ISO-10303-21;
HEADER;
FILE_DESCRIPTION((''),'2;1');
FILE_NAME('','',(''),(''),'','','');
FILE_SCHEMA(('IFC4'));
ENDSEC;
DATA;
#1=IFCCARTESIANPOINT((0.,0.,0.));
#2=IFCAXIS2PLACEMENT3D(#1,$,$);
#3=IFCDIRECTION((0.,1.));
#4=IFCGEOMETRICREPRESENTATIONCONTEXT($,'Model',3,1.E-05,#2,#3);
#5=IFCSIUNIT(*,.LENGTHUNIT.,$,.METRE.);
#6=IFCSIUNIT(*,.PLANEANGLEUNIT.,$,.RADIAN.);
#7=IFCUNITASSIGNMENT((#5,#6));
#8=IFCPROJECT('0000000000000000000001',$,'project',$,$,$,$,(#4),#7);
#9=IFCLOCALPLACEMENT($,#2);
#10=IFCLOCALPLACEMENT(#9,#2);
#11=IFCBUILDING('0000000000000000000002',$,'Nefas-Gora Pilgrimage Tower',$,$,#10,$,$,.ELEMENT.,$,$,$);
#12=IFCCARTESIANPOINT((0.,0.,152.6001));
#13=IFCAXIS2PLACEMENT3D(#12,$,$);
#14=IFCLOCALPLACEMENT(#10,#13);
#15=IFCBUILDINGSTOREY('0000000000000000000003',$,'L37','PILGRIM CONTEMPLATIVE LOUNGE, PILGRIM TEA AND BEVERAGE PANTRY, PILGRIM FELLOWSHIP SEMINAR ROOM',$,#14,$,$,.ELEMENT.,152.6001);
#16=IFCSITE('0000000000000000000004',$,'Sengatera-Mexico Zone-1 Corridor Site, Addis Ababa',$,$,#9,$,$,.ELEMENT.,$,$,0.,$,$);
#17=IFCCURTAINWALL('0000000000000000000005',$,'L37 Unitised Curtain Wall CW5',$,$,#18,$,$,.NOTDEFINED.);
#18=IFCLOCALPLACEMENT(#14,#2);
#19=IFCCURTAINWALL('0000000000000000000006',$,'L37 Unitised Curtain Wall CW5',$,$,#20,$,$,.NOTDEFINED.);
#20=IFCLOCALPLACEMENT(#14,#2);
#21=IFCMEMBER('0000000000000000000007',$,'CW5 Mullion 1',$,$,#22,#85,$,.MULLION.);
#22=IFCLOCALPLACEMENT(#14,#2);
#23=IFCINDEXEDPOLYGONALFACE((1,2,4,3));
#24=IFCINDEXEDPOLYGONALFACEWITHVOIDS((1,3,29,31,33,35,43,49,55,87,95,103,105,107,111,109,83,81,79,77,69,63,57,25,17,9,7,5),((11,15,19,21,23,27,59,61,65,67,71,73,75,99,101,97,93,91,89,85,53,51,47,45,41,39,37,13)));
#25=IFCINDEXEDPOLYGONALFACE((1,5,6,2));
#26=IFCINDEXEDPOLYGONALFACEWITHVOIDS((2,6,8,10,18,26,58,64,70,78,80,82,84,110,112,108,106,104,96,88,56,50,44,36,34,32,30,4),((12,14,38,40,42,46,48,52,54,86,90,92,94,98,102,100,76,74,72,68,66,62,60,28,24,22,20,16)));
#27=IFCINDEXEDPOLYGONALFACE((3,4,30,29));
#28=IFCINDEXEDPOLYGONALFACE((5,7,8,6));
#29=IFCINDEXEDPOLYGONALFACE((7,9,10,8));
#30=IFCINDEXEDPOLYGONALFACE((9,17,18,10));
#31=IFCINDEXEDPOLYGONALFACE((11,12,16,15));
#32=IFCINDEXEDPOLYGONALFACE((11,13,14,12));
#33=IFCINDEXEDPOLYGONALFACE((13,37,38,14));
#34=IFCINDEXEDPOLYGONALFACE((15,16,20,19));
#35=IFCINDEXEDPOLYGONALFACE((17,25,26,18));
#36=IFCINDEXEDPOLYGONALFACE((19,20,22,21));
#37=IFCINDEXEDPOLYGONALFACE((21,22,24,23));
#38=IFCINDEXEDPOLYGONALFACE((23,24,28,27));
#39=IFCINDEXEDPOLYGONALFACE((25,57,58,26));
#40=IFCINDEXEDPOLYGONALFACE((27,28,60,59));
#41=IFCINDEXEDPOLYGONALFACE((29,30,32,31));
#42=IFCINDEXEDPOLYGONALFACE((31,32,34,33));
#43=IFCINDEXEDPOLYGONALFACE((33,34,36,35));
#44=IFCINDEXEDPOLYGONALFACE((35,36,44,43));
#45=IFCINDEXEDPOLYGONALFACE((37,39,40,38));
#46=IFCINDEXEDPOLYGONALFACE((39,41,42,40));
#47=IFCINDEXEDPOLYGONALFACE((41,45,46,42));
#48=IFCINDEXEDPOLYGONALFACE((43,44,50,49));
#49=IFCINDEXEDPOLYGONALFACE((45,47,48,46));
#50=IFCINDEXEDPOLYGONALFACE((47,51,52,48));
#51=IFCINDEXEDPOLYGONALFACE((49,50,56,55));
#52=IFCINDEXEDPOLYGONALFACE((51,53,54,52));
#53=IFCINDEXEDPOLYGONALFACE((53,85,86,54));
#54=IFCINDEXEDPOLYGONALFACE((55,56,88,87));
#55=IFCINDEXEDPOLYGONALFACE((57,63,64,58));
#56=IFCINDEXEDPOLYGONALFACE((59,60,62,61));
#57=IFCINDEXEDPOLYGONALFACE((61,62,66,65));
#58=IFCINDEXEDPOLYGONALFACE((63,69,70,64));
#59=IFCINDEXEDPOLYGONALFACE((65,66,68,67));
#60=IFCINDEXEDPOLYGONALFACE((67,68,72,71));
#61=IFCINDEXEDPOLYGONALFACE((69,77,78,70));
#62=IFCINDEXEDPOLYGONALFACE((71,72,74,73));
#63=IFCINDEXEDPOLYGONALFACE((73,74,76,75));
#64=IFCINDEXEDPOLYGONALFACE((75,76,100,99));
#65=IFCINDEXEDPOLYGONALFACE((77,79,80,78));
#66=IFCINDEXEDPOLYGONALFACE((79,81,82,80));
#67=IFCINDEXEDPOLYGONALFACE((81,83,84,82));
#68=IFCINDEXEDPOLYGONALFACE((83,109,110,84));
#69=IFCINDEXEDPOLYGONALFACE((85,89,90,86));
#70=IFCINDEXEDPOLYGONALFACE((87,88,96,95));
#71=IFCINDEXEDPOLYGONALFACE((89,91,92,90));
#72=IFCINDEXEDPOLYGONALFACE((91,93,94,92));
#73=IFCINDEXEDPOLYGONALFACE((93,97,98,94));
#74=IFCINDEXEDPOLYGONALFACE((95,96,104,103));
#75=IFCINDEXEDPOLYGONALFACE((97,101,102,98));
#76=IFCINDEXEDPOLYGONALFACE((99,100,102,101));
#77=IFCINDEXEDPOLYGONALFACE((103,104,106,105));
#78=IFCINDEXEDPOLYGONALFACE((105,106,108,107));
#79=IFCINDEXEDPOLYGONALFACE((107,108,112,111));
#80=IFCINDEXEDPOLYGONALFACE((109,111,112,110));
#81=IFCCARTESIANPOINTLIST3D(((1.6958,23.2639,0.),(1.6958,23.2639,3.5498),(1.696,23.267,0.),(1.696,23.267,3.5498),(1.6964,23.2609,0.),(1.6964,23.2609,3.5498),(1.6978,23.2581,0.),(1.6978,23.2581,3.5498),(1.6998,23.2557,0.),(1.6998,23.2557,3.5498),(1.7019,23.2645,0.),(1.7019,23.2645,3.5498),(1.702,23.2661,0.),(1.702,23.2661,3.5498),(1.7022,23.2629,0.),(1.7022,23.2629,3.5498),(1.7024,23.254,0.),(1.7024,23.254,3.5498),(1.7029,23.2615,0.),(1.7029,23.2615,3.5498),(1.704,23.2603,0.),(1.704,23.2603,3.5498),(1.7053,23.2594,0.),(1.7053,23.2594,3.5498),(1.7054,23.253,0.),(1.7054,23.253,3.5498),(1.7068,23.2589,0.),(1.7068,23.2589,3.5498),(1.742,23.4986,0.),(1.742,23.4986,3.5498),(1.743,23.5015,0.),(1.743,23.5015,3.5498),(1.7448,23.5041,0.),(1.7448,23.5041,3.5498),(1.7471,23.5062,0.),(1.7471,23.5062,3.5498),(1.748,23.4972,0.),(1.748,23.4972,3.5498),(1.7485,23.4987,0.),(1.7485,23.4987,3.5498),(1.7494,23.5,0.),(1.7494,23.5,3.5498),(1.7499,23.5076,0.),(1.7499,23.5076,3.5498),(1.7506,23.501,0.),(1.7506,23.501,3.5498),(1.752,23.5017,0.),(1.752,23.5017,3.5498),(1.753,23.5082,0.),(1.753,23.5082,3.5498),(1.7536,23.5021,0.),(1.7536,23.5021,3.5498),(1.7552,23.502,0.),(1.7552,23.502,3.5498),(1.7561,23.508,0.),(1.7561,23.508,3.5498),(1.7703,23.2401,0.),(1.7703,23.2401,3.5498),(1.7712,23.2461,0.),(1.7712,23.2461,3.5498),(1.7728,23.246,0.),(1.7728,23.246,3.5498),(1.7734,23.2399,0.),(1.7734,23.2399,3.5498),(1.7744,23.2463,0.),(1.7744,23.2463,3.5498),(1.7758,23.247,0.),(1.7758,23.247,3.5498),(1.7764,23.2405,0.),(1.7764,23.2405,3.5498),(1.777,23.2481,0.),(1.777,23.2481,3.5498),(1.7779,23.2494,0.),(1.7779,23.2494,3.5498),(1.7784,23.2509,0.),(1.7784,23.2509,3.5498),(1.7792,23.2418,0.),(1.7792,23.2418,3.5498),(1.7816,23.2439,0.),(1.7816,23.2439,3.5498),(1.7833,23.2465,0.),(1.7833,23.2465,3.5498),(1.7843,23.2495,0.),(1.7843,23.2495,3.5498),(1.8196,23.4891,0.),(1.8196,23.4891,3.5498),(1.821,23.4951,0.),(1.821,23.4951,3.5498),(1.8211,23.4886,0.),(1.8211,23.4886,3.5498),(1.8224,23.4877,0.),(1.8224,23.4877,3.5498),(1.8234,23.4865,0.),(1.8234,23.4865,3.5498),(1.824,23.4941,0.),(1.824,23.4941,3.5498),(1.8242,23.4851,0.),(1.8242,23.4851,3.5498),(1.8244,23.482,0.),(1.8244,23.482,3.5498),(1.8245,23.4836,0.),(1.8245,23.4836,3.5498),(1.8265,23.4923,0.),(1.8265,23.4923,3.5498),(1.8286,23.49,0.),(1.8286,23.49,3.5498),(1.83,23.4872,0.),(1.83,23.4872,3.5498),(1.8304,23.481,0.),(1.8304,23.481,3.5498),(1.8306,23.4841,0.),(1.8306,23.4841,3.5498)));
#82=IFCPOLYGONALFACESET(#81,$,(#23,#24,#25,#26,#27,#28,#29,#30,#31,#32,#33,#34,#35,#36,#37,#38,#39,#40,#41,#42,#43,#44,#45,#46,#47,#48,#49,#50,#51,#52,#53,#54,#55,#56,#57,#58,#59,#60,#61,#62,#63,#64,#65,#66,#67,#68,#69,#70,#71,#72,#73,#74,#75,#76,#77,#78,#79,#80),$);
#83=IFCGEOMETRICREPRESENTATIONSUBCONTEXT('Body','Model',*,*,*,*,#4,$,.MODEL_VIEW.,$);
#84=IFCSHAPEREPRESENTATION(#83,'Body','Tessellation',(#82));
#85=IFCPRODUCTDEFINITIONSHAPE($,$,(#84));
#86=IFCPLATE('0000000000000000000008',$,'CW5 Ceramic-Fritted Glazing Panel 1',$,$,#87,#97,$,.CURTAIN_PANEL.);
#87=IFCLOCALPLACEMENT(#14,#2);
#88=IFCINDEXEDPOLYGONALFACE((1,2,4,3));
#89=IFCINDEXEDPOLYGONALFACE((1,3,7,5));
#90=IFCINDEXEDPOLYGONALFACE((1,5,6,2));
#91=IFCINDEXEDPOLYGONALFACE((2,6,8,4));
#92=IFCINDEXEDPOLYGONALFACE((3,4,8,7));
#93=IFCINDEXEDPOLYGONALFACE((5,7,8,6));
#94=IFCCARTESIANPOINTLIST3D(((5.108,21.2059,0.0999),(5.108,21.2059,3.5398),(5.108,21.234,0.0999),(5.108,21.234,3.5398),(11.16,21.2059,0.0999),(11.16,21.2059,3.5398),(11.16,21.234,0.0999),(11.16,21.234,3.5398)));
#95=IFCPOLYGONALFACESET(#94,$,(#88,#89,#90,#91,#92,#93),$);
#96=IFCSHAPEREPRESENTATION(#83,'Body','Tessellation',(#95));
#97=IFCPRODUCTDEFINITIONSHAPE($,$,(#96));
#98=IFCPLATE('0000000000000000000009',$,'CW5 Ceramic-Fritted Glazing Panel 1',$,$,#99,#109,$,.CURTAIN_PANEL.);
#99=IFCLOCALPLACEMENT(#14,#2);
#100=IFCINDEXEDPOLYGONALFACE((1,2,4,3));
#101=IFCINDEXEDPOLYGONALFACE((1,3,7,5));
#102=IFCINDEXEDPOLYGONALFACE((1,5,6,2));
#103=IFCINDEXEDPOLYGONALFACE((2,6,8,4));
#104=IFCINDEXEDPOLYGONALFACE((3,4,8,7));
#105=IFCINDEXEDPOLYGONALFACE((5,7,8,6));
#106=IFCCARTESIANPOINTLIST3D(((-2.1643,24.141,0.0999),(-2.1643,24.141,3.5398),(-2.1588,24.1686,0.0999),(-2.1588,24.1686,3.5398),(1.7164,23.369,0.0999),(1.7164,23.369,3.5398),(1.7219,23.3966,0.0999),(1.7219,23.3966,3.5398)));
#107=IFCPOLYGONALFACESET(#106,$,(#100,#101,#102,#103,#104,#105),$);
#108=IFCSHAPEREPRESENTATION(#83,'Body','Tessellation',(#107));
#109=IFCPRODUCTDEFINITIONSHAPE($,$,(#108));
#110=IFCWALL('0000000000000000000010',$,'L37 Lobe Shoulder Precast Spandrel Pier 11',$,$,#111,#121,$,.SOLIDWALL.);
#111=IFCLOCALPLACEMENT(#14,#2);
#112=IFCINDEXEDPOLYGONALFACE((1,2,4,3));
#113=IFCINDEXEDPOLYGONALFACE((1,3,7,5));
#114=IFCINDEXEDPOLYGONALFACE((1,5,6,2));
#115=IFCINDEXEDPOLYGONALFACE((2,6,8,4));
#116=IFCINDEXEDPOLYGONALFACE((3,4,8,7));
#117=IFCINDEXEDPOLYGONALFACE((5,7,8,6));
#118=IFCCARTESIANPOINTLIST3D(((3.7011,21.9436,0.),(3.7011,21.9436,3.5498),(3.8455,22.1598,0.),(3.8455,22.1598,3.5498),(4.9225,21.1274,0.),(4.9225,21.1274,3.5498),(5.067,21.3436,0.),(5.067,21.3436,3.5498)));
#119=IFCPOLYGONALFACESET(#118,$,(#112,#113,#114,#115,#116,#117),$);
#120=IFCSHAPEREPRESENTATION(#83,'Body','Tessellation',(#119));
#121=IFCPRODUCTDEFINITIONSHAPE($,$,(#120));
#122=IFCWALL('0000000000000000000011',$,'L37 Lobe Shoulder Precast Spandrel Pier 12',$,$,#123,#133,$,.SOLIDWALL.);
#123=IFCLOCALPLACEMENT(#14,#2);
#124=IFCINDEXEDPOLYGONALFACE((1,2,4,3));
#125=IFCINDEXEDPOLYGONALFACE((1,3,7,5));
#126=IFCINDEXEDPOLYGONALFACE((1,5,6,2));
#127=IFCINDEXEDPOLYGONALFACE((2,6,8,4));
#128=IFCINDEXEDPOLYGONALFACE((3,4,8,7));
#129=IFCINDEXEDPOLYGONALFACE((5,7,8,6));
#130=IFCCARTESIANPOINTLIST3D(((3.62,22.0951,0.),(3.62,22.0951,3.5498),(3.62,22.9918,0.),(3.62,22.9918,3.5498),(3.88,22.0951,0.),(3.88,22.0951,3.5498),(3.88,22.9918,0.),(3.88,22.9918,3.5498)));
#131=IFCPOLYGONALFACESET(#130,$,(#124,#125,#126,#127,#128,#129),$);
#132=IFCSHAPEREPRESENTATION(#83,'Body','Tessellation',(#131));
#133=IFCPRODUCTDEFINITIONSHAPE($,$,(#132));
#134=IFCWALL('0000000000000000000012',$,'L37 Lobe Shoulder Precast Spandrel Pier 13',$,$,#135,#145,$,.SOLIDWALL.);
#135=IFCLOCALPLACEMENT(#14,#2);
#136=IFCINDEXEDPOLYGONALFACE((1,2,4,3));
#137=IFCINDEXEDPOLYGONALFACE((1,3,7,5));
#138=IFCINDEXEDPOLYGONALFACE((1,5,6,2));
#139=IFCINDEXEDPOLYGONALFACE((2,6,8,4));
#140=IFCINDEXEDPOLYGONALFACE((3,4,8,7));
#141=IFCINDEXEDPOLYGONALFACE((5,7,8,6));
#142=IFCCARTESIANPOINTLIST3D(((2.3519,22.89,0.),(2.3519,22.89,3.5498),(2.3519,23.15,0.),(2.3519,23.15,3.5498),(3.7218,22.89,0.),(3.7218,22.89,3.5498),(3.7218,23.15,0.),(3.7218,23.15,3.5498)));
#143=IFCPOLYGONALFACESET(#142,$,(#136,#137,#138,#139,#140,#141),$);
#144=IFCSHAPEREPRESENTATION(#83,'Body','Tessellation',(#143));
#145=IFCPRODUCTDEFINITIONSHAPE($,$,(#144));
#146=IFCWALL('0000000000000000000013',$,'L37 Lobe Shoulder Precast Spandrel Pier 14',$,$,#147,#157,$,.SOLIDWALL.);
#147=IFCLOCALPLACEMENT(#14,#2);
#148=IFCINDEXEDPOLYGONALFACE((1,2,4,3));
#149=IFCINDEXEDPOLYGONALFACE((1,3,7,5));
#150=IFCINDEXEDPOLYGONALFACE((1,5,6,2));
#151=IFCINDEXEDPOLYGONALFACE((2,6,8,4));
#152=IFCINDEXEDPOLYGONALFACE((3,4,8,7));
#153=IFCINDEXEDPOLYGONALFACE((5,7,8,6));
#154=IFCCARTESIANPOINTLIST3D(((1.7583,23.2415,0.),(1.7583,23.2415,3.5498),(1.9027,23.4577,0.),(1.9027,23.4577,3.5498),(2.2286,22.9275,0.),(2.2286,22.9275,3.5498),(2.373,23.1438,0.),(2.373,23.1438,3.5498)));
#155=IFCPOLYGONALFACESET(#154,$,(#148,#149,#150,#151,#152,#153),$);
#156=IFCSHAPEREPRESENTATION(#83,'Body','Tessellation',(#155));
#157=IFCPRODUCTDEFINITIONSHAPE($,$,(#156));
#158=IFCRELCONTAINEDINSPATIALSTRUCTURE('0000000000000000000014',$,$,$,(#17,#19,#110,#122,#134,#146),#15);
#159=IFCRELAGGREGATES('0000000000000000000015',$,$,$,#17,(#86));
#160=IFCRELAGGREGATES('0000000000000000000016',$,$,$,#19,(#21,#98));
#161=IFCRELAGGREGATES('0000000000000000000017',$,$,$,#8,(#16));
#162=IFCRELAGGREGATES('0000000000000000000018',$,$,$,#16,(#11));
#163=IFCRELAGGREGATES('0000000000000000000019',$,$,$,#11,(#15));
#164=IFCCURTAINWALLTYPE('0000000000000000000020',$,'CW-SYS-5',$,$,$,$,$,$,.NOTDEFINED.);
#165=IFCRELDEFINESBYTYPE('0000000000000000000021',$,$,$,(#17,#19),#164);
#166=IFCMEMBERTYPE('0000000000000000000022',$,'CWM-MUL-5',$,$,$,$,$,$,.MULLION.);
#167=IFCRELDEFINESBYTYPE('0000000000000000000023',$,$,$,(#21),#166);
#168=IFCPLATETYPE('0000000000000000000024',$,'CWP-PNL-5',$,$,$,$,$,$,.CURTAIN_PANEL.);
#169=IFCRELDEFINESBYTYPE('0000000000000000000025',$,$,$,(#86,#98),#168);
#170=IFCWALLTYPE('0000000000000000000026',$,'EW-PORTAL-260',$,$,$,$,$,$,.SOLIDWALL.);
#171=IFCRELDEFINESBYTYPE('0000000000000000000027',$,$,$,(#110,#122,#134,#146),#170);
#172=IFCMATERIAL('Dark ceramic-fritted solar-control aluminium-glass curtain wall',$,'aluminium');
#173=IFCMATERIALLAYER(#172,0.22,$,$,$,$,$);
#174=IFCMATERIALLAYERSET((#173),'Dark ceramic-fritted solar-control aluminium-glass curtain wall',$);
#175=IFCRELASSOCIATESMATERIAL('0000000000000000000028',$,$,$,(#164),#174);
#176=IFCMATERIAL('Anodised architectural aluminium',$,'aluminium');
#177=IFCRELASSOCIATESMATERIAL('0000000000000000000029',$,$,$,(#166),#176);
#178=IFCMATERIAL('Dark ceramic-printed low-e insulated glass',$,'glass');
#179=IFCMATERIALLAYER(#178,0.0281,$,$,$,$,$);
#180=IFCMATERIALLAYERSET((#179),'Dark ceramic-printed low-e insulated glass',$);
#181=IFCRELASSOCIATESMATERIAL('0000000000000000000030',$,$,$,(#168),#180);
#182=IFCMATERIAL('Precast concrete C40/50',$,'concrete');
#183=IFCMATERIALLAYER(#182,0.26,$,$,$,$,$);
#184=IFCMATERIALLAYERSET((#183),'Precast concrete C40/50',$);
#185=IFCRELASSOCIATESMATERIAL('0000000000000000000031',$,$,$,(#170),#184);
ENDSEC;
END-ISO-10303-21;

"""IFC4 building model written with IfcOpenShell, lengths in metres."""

from ifc_helpers import new_model, si_unit, direction, frame, frame_2d, origin, origin_2d, place, context, subcontext, project, spatial, rectangle, hollow_rectangle, extrude, source, transform, mapped, material, layer, layer_set, material_profile, profile_set, type_object, element, aggregate, save


model = new_model("IFC4")

# Units and contexts
model_context = context("Model", 3, precision=1e-05, world=origin(), true_north=direction((0.0, 1.0)))
body_context = subcontext(model_context, "Body", "Model", "MODEL_VIEW")
ifc_project = project(units=[si_unit("LENGTHUNIT", "METRE"), si_unit("PLANEANGLEUNIT", "RADIAN")], contexts=[model_context])

# Site, building, storey
site_placement = place(None, origin())
site = spatial("IfcSite", under=ifc_project, at=site_placement, Name="Sengatera-Mexico Zone-1 Corridor Site, Addis Ababa", CompositionType="ELEMENT", RefElevation=0.0)
building_placement = place(site_placement, origin())
building = spatial("IfcBuilding", under=site, at=building_placement, Name="Nefas-Gora Pilgrimage Tower", CompositionType="ELEMENT")
storey_placement = place(building_placement, frame((0.0, 0.0, 152.6001)))
storey = spatial("IfcBuildingStorey", under=building, at=storey_placement, Name="L37", Description="PILGRIM CONTEMPLATIVE LOUNGE, PILGRIM TEA AND BEVERAGE PANTRY, PILGRIM FELLOWSHIP SEMINAR ROOM", CompositionType="ELEMENT", Elevation=152.6001)

# Curtain walls
ifc_material_1 = material(Name="Dark ceramic-fritted solar-control aluminium-glass curtain wall", Category="aluminium")
ifc_layer_1 = layer(ifc_material_1, 0.22)
ifc_layer_set_1 = layer_set([ifc_layer_1], Name="Dark ceramic-fritted solar-control aluminium-glass curtain wall")
curtain_wall_type = type_object("IfcCurtainWallType", Name="CW-SYS-5", PredefinedType="NOTDEFINED", material=ifc_layer_set_1)
curtain_wall_1_placement = place(storey_placement, origin())
curtain_wall_1 = element("IfcCurtainWall", 1, at=curtain_wall_1_placement, inside=storey, type_object=curtain_wall_type, Name="L37 Unitised Curtain Wall CW5", PredefinedType="NOTDEFINED")
ifc_material_2 = material(Name="Anodised architectural aluminium", Category="aluminium")
curtain_wall_2_placement = place(storey_placement, origin())
curtain_wall_2 = element("IfcCurtainWall", 2, at=curtain_wall_2_placement, inside=storey, type_object=curtain_wall_type, Name="L37 Unitised Curtain Wall CW5", PredefinedType="NOTDEFINED")

# Member
ifc_material_profile_1 = material_profile(ifc_material_2, hollow_rectangle(XDim=0.0901, YDim=0.26, WallThickness=0.0061, InnerFilletRadius=0.0061, OuterFilletRadius=0.012, at=origin_2d()), Name="ALU MULLION 90x260")
ifc_profile_set_1 = profile_set([ifc_material_profile_1], Name="Anodised architectural aluminium")
member_type_1 = type_object("IfcMemberType", Name="CWM-MUL-5", PredefinedType="MULLION", material=ifc_profile_set_1)
shared_shape_1 = source(origin(), body_context, "Body", "SweptSolid", [
    extrude(hollow_rectangle(XDim=0.0901, YDim=0.26, WallThickness=0.0061, InnerFilletRadius=0.0061, OuterFilletRadius=0.012, at=origin_2d()), origin(), (0.0, 0.0, 1.0), 3.5498),
])
member_1_placement = place(storey_placement, frame((1.7632, 23.374, 0.0), z_axis=(0.0, 0.0, 1.0), x_axis=(-0.980783, 0.195102, 0.0)))
member_1 = element("IfcMember", 3, at=member_1_placement, type_object=member_type_1, Name="CW5 Mullion 1", PredefinedType="MULLION", context=body_context, shape_type="MappedRepresentation", body=[
    mapped(shared_shape_1, transform((0.0, 0.0, 0.0), x_axis=(1.0, 0.0, 0.0), y_axis=(0.0, 1.0, 0.0), z_axis=(0.0, 0.0, 1.0), scale=1.0)),
])

# Plates
ifc_material_3 = material(Name="Dark ceramic-printed low-e insulated glass", Category="glass")
ifc_layer_2 = layer(ifc_material_3, 0.0281)
ifc_layer_set_2 = layer_set([ifc_layer_2], Name="Dark ceramic-printed low-e insulated glass")
plate_type = type_object("IfcPlateType", Name="CWP-PNL-5", PredefinedType="CURTAIN_PANEL", material=ifc_layer_set_2)
shared_shape_2 = source(origin(), body_context, "Body", "SweptSolid", [
    extrude(rectangle(XDim=6.052, YDim=0.0281, at=origin_2d()), origin(), (0.0, 0.0, 1.0), 3.4399),
])
plate_1_placement = place(storey_placement, frame((8.134, 21.22, 0.0999), z_axis=(0.0, 0.0, 1.0), x_axis=(-1.0, 0.0, 0.0)))
plate_1 = element("IfcPlate", 4, at=plate_1_placement, type_object=plate_type, Name="CW5 Ceramic-Fritted Glazing Panel 1", PredefinedType="CURTAIN_PANEL", context=body_context, shape_type="MappedRepresentation", body=[
    mapped(shared_shape_2, transform((0.0, 0.0, 0.0), x_axis=(1.0, 0.0, 0.0), y_axis=(0.0, 1.0, 0.0), z_axis=(0.0, 0.0, 1.0), scale=1.0)),
])
aggregate(curtain_wall_1, [plate_1])
shared_shape_3 = source(origin(), body_context, "Body", "SweptSolid", [
    extrude(rectangle(XDim=3.9568, YDim=0.0281, at=origin_2d()), origin(), (0.0, 0.0, 1.0), 3.4399),
])
plate_2_placement = place(storey_placement, frame((-0.2212, 23.7688, 0.0999), z_axis=(0.0, 0.0, 1.0), x_axis=(-0.980783, 0.195102, 0.0)))
plate_2 = element("IfcPlate", 5, at=plate_2_placement, type_object=plate_type, Name="CW5 Ceramic-Fritted Glazing Panel 1", PredefinedType="CURTAIN_PANEL", context=body_context, shape_type="MappedRepresentation", body=[
    mapped(shared_shape_3, transform((0.0, 0.0, 0.0), x_axis=(1.0, 0.0, 0.0), y_axis=(0.0, 1.0, 0.0), z_axis=(0.0, 0.0, 1.0), scale=1.0)),
])
aggregate(curtain_wall_2, [member_1, plate_2])

# Walls
ifc_material_4 = material(Name="Precast concrete C40/50", Category="concrete")
ifc_layer_3 = layer(ifc_material_4, 0.26)
ifc_layer_set_3 = layer_set([ifc_layer_3], Name="Precast concrete C40/50")
wall_type_1 = type_object("IfcWallType", Name="EW-PORTAL-260", PredefinedType="SOLIDWALL", material=ifc_layer_set_3)
shared_shape_4 = source(origin(), body_context, "Body", "SweptSolid", [
    extrude(rectangle(XDim=1.469, YDim=0.26, at=frame_2d((0.7344, 0.0))), origin(), (0.0, 0.0, 1.0), 3.5498),
])
wall_1_placement = place(storey_placement, frame((4.9946, 21.2356, 0.0), z_axis=(0.0, 0.0, 1.0), x_axis=(-0.831462, 0.555582, 0.0)))
element("IfcWall", 6, at=wall_1_placement, inside=storey, type_object=wall_type_1, Name="L37 Lobe Shoulder Precast Spandrel Pier 11", PredefinedType="SOLIDWALL", context=body_context, shape_type="MappedRepresentation", body=[
    mapped(shared_shape_4, transform((0.0, 0.0, 0.0), x_axis=(1.0, 0.0, 0.0), y_axis=(0.0, 1.0, 0.0), z_axis=(0.0, 0.0, 1.0), scale=1.0)),
])
shared_shape_5 = source(origin(), body_context, "Body", "SweptSolid", [
    extrude(rectangle(XDim=0.8967, YDim=0.26, at=frame_2d((0.4482, 0.0))), origin(), (0.0, 0.0, 1.0), 3.5498),
])
wall_2_placement = place(storey_placement, frame((3.75, 22.0952, 0.0), z_axis=(0.0, 0.0, 1.0), x_axis=(0.0, 1.0, 0.0)))
element("IfcWall", 7, at=wall_2_placement, inside=storey, type_object=wall_type_1, Name="L37 Lobe Shoulder Precast Spandrel Pier 12", PredefinedType="SOLIDWALL", context=body_context, shape_type="MappedRepresentation", body=[
    mapped(shared_shape_5, transform((0.0, 0.0, 0.0), x_axis=(1.0, 0.0, 0.0), y_axis=(0.0, 1.0, 0.0), z_axis=(0.0, 0.0, 1.0), scale=1.0)),
])
shared_shape_6 = source(origin(), body_context, "Body", "SweptSolid", [
    extrude(rectangle(XDim=1.3699, YDim=0.26, at=frame_2d((0.6851, 0.0))), origin(), (0.0, 0.0, 1.0), 3.5498),
])
wall_3_placement = place(storey_placement, frame((3.7219, 23.02, 0.0), z_axis=(0.0, 0.0, 1.0), x_axis=(-1.0, 0.0, 0.0)))
element("IfcWall", 8, at=wall_3_placement, inside=storey, type_object=wall_type_1, Name="L37 Lobe Shoulder Precast Spandrel Pier 13", PredefinedType="SOLIDWALL", context=body_context, shape_type="MappedRepresentation", body=[
    mapped(shared_shape_6, transform((0.0, 0.0, 0.0), x_axis=(1.0, 0.0, 0.0), y_axis=(0.0, 1.0, 0.0), z_axis=(0.0, 0.0, 1.0), scale=1.0)),
])
shared_shape_7 = source(origin(), body_context, "Body", "SweptSolid", [
    extrude(rectangle(XDim=0.5654, YDim=0.26, at=frame_2d((0.2827, 0.0))), origin(), (0.0, 0.0, 1.0), 3.5498),
])
wall_4_placement = place(storey_placement, frame((2.3008, 23.0356, 0.0), z_axis=(0.0, 0.0, 1.0), x_axis=(-0.831651, 0.555298, 0.0)))
element("IfcWall", 9, at=wall_4_placement, inside=storey, type_object=wall_type_1, Name="L37 Lobe Shoulder Precast Spandrel Pier 14", PredefinedType="SOLIDWALL", context=body_context, shape_type="MappedRepresentation", body=[
    mapped(shared_shape_7, transform((0.0, 0.0, 0.0), x_axis=(1.0, 0.0, 0.0), y_axis=(0.0, 1.0, 0.0), z_axis=(0.0, 0.0, 1.0), scale=1.0)),
])

save(model, "model.ifc")
